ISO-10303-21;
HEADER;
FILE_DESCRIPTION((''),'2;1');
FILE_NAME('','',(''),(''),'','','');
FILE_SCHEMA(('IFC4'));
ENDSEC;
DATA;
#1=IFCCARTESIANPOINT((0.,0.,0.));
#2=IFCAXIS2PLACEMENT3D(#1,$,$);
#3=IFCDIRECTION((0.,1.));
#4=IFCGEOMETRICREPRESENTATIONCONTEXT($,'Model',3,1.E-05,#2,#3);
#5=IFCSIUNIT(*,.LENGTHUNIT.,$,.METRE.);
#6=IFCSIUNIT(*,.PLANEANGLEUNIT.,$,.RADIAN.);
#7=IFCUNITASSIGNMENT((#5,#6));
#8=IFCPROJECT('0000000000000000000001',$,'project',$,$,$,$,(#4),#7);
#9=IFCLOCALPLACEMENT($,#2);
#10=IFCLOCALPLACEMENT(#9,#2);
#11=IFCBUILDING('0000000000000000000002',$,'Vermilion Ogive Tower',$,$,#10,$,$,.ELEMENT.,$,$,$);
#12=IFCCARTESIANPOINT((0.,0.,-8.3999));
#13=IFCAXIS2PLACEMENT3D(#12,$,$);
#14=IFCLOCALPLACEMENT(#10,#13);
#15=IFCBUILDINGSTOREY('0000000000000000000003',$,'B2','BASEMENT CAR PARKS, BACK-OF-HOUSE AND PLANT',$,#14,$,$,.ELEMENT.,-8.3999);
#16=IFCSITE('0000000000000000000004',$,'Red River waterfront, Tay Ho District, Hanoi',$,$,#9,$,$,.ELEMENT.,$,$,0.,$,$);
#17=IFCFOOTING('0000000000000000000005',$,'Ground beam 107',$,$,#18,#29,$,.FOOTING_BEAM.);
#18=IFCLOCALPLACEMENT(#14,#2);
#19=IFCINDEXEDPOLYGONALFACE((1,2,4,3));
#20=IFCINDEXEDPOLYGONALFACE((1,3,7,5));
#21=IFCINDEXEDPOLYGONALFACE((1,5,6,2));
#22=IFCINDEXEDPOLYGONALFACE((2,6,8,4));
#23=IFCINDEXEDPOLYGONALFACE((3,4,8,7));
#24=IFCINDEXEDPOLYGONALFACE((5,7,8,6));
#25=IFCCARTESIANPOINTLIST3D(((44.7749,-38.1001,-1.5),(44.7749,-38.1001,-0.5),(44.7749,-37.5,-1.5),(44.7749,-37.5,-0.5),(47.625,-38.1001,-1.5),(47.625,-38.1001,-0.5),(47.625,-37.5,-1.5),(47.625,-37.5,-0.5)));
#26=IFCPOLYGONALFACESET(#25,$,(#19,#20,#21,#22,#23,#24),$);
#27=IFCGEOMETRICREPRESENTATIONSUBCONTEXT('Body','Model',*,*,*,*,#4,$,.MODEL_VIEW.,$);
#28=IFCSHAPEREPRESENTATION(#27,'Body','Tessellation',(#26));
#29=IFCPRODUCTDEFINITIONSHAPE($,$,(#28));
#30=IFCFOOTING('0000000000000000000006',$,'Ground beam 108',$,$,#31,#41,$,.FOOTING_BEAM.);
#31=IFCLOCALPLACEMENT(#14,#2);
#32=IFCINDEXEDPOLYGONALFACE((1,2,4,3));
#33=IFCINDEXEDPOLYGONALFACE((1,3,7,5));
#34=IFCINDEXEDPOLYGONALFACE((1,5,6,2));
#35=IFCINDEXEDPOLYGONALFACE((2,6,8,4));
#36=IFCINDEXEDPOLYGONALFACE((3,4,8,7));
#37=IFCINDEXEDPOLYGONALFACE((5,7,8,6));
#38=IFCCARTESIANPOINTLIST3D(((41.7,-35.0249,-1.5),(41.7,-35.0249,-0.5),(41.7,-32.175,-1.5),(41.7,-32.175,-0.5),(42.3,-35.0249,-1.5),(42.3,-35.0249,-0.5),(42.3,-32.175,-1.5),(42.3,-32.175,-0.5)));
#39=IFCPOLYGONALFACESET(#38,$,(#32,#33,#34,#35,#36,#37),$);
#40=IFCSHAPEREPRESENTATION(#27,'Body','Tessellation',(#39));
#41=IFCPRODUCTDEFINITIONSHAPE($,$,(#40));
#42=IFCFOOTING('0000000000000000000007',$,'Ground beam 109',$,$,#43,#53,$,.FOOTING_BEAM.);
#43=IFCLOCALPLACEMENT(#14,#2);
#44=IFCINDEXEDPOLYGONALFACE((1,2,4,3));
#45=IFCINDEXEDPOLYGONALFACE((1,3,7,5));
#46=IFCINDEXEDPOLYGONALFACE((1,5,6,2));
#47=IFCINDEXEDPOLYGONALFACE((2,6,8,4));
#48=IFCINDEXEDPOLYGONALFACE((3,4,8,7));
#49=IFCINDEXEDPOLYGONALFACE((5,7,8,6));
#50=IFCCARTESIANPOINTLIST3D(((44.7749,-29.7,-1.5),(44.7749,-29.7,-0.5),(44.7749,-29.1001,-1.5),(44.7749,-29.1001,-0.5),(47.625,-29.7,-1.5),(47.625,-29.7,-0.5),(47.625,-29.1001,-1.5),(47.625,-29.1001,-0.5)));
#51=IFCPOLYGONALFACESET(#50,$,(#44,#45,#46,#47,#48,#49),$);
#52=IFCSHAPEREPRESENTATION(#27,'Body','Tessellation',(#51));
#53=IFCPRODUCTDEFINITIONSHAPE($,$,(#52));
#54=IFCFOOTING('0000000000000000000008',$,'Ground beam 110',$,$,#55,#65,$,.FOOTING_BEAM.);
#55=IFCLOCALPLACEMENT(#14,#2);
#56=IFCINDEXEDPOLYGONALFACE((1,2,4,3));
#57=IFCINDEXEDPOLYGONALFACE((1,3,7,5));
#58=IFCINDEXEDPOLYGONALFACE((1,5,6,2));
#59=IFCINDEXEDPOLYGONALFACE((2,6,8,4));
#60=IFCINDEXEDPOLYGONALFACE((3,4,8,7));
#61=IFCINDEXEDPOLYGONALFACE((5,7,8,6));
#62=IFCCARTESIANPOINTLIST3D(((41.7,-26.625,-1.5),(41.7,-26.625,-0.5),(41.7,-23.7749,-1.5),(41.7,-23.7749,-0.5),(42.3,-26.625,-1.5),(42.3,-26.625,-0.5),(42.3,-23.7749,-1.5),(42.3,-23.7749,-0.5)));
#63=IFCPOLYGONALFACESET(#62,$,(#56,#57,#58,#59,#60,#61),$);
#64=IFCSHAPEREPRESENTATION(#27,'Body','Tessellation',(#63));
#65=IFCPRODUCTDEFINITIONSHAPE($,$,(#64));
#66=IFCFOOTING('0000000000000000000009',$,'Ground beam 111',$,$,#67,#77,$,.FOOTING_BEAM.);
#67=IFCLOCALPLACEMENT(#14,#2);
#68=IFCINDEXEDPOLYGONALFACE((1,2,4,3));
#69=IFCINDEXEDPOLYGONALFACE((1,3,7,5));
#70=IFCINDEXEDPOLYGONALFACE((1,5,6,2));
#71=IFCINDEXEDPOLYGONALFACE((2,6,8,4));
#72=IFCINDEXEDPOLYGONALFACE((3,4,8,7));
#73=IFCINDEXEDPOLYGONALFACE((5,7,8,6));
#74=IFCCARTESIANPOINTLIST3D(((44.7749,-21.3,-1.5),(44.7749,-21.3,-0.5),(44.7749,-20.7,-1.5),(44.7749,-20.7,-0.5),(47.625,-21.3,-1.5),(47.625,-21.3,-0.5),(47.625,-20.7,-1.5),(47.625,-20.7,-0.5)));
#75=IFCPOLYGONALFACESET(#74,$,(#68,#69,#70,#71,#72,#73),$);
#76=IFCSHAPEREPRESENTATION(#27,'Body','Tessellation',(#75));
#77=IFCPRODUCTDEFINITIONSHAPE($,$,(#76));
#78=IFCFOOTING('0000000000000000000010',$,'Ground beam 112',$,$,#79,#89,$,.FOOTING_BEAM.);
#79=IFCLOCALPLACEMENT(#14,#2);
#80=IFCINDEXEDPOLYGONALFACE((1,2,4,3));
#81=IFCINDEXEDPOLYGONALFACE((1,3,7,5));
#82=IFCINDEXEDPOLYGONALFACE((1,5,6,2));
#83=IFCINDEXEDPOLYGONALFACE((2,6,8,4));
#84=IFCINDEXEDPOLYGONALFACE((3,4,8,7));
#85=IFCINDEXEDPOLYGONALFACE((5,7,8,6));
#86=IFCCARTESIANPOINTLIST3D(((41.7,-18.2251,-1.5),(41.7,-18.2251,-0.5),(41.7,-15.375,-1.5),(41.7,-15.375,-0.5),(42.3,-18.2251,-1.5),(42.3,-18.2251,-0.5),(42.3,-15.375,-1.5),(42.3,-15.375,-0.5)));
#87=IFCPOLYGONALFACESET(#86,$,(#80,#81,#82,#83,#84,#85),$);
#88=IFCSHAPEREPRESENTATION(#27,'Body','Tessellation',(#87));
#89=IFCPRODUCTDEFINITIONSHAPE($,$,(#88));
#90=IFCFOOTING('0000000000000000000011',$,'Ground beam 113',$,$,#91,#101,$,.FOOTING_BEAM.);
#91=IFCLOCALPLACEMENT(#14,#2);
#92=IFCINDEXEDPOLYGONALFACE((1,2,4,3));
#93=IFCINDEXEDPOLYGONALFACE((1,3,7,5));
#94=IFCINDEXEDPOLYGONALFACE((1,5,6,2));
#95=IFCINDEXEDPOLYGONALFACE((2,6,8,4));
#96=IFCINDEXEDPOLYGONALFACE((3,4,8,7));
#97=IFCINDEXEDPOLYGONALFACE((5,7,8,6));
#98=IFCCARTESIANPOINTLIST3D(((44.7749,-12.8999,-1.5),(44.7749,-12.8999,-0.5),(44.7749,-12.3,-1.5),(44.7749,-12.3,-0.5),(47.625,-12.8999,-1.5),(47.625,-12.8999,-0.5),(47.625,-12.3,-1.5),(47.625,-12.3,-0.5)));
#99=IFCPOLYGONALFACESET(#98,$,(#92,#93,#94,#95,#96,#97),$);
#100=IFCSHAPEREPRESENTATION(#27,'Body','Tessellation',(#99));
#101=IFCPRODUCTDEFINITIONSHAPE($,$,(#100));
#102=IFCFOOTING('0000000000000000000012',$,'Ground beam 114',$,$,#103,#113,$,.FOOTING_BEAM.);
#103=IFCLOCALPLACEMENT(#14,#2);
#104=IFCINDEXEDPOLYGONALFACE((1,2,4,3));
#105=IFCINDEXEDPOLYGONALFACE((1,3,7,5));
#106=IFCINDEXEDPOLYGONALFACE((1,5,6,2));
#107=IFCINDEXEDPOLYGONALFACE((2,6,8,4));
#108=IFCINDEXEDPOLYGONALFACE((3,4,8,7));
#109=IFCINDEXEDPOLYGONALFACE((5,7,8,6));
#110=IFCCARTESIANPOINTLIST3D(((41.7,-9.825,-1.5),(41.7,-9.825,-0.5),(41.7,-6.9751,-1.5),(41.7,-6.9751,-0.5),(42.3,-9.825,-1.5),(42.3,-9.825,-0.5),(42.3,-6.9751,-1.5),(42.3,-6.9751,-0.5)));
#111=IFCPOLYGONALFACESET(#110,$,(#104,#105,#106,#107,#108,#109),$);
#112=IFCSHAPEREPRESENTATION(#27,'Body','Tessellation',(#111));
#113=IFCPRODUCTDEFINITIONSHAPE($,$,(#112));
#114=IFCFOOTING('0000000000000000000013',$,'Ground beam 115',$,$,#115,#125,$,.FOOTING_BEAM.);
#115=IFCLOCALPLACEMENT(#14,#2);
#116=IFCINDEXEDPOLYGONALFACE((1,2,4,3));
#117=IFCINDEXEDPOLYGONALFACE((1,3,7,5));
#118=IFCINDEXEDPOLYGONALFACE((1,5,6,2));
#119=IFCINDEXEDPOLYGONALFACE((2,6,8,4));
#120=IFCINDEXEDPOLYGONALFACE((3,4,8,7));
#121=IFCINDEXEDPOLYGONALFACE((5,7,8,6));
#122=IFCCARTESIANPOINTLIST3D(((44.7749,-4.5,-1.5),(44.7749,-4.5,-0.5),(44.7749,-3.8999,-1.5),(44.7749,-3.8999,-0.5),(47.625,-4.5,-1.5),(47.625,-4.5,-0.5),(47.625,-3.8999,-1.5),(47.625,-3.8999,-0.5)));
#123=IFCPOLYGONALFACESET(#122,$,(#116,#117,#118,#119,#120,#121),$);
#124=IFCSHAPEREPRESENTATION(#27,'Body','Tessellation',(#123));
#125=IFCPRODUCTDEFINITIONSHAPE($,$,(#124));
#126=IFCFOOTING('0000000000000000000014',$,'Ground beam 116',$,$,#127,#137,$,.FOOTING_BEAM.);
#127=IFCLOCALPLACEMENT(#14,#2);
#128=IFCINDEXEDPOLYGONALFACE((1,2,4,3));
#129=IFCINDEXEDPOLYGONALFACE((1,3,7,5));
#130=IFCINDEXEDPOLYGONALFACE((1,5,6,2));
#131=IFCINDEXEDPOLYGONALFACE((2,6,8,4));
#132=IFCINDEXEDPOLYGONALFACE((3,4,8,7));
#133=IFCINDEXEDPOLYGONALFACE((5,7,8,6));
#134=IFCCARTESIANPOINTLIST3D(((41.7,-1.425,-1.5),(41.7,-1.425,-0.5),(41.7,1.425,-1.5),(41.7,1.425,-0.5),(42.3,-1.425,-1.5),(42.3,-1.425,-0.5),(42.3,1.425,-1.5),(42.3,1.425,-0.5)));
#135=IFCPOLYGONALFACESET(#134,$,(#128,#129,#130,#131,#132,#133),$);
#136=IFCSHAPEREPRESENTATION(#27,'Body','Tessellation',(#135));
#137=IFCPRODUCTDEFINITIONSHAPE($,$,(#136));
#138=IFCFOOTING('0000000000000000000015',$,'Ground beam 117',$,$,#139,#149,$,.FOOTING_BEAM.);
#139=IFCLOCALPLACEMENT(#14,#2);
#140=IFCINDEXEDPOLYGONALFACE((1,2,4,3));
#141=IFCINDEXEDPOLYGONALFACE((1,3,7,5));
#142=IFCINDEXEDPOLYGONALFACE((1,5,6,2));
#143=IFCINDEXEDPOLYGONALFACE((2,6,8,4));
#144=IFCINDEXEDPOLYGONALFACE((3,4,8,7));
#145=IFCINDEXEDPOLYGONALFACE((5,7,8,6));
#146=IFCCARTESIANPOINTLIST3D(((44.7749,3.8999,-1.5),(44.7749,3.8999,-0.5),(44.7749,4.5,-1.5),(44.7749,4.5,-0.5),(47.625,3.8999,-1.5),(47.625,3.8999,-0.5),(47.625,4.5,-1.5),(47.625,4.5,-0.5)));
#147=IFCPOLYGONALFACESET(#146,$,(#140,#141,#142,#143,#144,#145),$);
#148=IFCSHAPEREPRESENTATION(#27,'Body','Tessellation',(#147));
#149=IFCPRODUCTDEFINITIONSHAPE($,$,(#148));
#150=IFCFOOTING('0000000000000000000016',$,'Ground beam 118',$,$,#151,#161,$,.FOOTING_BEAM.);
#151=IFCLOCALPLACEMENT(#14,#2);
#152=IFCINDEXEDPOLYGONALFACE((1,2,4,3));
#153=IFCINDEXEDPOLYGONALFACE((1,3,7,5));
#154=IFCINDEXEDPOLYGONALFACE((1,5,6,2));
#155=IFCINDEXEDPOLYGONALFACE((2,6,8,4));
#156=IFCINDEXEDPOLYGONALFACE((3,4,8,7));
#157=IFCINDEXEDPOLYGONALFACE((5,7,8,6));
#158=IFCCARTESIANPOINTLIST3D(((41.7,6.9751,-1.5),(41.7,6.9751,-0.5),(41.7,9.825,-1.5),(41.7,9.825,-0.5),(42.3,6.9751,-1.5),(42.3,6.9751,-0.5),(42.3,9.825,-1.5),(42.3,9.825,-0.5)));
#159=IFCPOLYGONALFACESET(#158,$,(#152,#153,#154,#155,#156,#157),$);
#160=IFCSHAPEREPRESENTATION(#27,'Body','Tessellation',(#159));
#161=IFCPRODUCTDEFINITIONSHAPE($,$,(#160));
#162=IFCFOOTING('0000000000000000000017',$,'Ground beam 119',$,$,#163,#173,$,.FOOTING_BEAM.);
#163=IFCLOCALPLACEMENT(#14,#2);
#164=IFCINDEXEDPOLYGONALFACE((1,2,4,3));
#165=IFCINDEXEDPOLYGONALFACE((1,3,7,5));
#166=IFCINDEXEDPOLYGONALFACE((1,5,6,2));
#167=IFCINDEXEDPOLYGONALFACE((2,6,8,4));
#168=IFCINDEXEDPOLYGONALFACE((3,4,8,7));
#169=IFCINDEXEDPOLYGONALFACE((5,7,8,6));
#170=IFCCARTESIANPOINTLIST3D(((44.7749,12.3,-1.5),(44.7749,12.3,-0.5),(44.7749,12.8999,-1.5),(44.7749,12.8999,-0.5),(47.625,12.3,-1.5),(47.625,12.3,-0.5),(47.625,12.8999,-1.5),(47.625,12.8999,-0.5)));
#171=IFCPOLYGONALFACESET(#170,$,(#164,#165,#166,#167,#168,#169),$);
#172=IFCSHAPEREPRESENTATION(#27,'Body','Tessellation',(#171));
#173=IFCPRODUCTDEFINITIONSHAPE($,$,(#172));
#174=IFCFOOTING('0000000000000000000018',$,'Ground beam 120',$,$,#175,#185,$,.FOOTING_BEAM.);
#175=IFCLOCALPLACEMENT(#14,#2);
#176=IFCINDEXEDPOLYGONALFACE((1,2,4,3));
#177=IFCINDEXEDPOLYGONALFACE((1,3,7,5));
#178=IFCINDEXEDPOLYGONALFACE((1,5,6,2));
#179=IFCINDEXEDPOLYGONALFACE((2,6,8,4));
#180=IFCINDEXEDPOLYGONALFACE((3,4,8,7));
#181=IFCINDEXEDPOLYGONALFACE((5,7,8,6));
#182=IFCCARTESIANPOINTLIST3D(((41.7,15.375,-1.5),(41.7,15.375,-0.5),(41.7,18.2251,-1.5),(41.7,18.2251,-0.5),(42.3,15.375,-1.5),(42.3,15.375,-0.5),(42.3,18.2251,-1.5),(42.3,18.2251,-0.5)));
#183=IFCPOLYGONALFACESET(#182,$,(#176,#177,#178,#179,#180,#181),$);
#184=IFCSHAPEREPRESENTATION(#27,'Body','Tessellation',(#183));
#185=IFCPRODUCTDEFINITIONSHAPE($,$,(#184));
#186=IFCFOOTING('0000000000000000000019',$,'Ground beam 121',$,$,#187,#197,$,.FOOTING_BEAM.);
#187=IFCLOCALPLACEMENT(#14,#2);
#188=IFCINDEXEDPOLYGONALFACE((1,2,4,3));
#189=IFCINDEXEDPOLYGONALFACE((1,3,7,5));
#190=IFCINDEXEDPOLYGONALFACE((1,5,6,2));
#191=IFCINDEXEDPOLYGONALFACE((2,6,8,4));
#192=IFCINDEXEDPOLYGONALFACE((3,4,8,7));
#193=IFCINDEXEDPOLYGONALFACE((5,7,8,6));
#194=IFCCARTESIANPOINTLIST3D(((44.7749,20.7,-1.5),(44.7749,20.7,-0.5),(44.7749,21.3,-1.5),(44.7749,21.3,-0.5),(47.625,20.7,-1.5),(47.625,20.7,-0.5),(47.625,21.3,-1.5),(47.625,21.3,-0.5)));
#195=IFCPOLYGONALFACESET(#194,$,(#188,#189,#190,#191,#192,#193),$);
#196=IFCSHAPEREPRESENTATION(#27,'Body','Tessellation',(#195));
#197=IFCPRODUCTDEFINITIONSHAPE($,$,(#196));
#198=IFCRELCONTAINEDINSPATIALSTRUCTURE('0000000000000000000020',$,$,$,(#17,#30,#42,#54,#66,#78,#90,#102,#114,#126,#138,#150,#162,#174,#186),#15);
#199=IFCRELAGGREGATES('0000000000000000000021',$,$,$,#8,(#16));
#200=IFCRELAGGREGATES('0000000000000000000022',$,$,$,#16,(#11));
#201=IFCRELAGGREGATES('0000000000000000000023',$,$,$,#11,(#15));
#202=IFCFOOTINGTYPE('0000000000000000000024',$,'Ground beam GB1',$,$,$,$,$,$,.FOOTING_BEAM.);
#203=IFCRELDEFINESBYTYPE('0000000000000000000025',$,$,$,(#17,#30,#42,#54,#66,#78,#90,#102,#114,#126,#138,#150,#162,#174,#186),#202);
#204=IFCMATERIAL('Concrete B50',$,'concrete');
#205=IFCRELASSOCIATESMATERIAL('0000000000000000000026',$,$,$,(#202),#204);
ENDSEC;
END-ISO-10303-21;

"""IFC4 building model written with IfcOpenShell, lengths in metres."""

from ifc_helpers import new_model, si_unit, direction, frame, origin, place, context, subcontext, project, spatial, polyline, outline, extrude, material, type_object, element, save


model = new_model("IFC4")

# Units and contexts
model_context = context("Model", 3, precision=1e-05, world=origin(), true_north=direction((0.0, 1.0)))
body_context = subcontext(model_context, "Body", "Model", "MODEL_VIEW")
ifc_project = project(units=[si_unit("LENGTHUNIT", "METRE"), si_unit("PLANEANGLEUNIT", "RADIAN")], contexts=[model_context])

# Site, building, storey
site_placement = place(None, origin())
site = spatial("IfcSite", under=ifc_project, at=site_placement, Name="Red River waterfront, Tay Ho District, Hanoi", CompositionType="ELEMENT", RefElevation=0.0)
building_placement = place(site_placement, origin())
building = spatial("IfcBuilding", under=site, at=building_placement, Name="Vermilion Ogive Tower", CompositionType="ELEMENT")
storey_placement = place(building_placement, frame((0.0, 0.0, -8.3999)))
storey = spatial("IfcBuildingStorey", under=building, at=storey_placement, Name="B2", Description="BASEMENT CAR PARKS, BACK-OF-HOUSE AND PLANT", CompositionType="ELEMENT", Elevation=-8.3999)

# Footings
ifc_material = material(Name="Concrete B50", Category="concrete")
footing_type = type_object("IfcFootingType", Name="Ground beam GB1", PredefinedType="FOOTING_BEAM", material=ifc_material)
footing_1_placement = place(storey_placement, frame((0.0, 0.0, -1.5)))
element("IfcFooting", 1, at=footing_1_placement, inside=storey, type_object=footing_type, Name="Ground beam 107", PredefinedType="FOOTING_BEAM", context=body_context, shape_type="SweptSolid", body=[
    extrude(outline(polyline([(47.625, -38.1001), (47.625, -37.5), (44.7749, -37.5), (44.7749, -38.1001), (47.625, -38.1001)])), origin(), (0.0, 0.0, 1.0), 1.0),
])
footing_2_placement = place(storey_placement, frame((0.0, 0.0, -1.5)))
element("IfcFooting", 2, at=footing_2_placement, inside=storey, type_object=footing_type, Name="Ground beam 108", PredefinedType="FOOTING_BEAM", context=body_context, shape_type="SweptSolid", body=[
    extrude(outline(polyline([(42.3, -35.0249), (42.3, -32.175), (41.7, -32.175), (41.7, -35.0249), (42.3, -35.0249)])), origin(), (0.0, 0.0, 1.0), 1.0),
])
footing_3_placement = place(storey_placement, frame((0.0, 0.0, -1.5)))
element("IfcFooting", 3, at=footing_3_placement, inside=storey, type_object=footing_type, Name="Ground beam 109", PredefinedType="FOOTING_BEAM", context=body_context, shape_type="SweptSolid", body=[
    extrude(outline(polyline([(47.625, -29.7), (47.625, -29.1001), (44.7749, -29.1001), (44.7749, -29.7), (47.625, -29.7)])), origin(), (0.0, 0.0, 1.0), 1.0),
])
footing_4_placement = place(storey_placement, frame((0.0, 0.0, -1.5)))
element("IfcFooting", 4, at=footing_4_placement, inside=storey, type_object=footing_type, Name="Ground beam 110", PredefinedType="FOOTING_BEAM", context=body_context, shape_type="SweptSolid", body=[
    extrude(outline(polyline([(42.3, -26.625), (42.3, -23.7749), (41.7, -23.7749), (41.7, -26.625), (42.3, -26.625)])), origin(), (0.0, 0.0, 1.0), 1.0),
])
footing_5_placement = place(storey_placement, frame((0.0, 0.0, -1.5)))
element("IfcFooting", 5, at=footing_5_placement, inside=storey, type_object=footing_type, Name="Ground beam 111", PredefinedType="FOOTING_BEAM", context=body_context, shape_type="SweptSolid", body=[
    extrude(outline(polyline([(47.625, -21.3), (47.625, -20.7), (44.7749, -20.7), (44.7749, -21.3), (47.625, -21.3)])), origin(), (0.0, 0.0, 1.0), 1.0),
])
footing_6_placement = place(storey_placement, frame((0.0, 0.0, -1.5)))
element("IfcFooting", 6, at=footing_6_placement, inside=storey, type_object=footing_type, Name="Ground beam 112", PredefinedType="FOOTING_BEAM", context=body_context, shape_type="SweptSolid", body=[
    extrude(outline(polyline([(42.3, -18.2251), (42.3, -15.375), (41.7, -15.375), (41.7, -18.2251), (42.3, -18.2251)])), origin(), (0.0, 0.0, 1.0), 1.0),
])
footing_7_placement = place(storey_placement, frame((0.0, 0.0, -1.5)))
element("IfcFooting", 7, at=footing_7_placement, inside=storey, type_object=footing_type, Name="Ground beam 113", PredefinedType="FOOTING_BEAM", context=body_context, shape_type="SweptSolid", body=[
    extrude(outline(polyline([(47.625, -12.8999), (47.625, -12.3), (44.7749, -12.3), (44.7749, -12.8999), (47.625, -12.8999)])), origin(), (0.0, 0.0, 1.0), 1.0),
])
footing_8_placement = place(storey_placement, frame((0.0, 0.0, -1.5)))
element("IfcFooting", 8, at=footing_8_placement, inside=storey, type_object=footing_type, Name="Ground beam 114", PredefinedType="FOOTING_BEAM", context=body_context, shape_type="SweptSolid", body=[
    extrude(outline(polyline([(42.3, -9.825), (42.3, -6.9751), (41.7, -6.9751), (41.7, -9.825), (42.3, -9.825)])), origin(), (0.0, 0.0, 1.0), 1.0),
])
footing_9_placement = place(storey_placement, frame((0.0, 0.0, -1.5)))
element("IfcFooting", 9, at=footing_9_placement, inside=storey, type_object=footing_type, Name="Ground beam 115", PredefinedType="FOOTING_BEAM", context=body_context, shape_type="SweptSolid", body=[
    extrude(outline(polyline([(47.625, -4.5), (47.625, -3.8999), (44.7749, -3.8999), (44.7749, -4.5), (47.625, -4.5)])), origin(), (0.0, 0.0, 1.0), 1.0),
])
footing_10_placement = place(storey_placement, frame((0.0, 0.0, -1.5)))
element("IfcFooting", 10, at=footing_10_placement, inside=storey, type_object=footing_type, Name="Ground beam 116", PredefinedType="FOOTING_BEAM", context=body_context, shape_type="SweptSolid", body=[
    extrude(outline(polyline([(42.3, -1.425), (42.3, 1.425), (41.7, 1.425), (41.7, -1.425), (42.3, -1.425)])), origin(), (0.0, 0.0, 1.0), 1.0),
])
footing_11_placement = place(storey_placement, frame((0.0, 0.0, -1.5)))
element("IfcFooting", 11, at=footing_11_placement, inside=storey, type_object=footing_type, Name="Ground beam 117", PredefinedType="FOOTING_BEAM", context=body_context, shape_type="SweptSolid", body=[
    extrude(outline(polyline([(47.625, 3.8999), (47.625, 4.5), (44.7749, 4.5), (44.7749, 3.8999), (47.625, 3.8999)])), origin(), (0.0, 0.0, 1.0), 1.0),
])
footing_12_placement = place(storey_placement, frame((0.0, 0.0, -1.5)))
element("IfcFooting", 12, at=footing_12_placement, inside=storey, type_object=footing_type, Name="Ground beam 118", PredefinedType="FOOTING_BEAM", context=body_context, shape_type="SweptSolid", body=[
    extrude(outline(polyline([(42.3, 6.9751), (42.3, 9.825), (41.7, 9.825), (41.7, 6.9751), (42.3, 6.9751)])), origin(), (0.0, 0.0, 1.0), 1.0),
])
footing_13_placement = place(storey_placement, frame((0.0, 0.0, -1.5)))
element("IfcFooting", 13, at=footing_13_placement, inside=storey, type_object=footing_type, Name="Ground beam 119", PredefinedType="FOOTING_BEAM", context=body_context, shape_type="SweptSolid", body=[
    extrude(outline(polyline([(47.625, 12.3), (47.625, 12.8999), (44.7749, 12.8999), (44.7749, 12.3), (47.625, 12.3)])), origin(), (0.0, 0.0, 1.0), 1.0),
])
footing_14_placement = place(storey_placement, frame((0.0, 0.0, -1.5)))
element("IfcFooting", 14, at=footing_14_placement, inside=storey, type_object=footing_type, Name="Ground beam 120", PredefinedType="FOOTING_BEAM", context=body_context, shape_type="SweptSolid", body=[
    extrude(outline(polyline([(42.3, 15.375), (42.3, 18.2251), (41.7, 18.2251), (41.7, 15.375), (42.3, 15.375)])), origin(), (0.0, 0.0, 1.0), 1.0),
])
footing_15_placement = place(storey_placement, frame((0.0, 0.0, -1.5)))
element("IfcFooting", 15, at=footing_15_placement, inside=storey, type_object=footing_type, Name="Ground beam 121", PredefinedType="FOOTING_BEAM", context=body_context, shape_type="SweptSolid", body=[
    extrude(outline(polyline([(47.625, 20.7), (47.625, 21.3), (44.7749, 21.3), (44.7749, 20.7), (47.625, 20.7)])), origin(), (0.0, 0.0, 1.0), 1.0),
])

save(model, "model.ifc")
